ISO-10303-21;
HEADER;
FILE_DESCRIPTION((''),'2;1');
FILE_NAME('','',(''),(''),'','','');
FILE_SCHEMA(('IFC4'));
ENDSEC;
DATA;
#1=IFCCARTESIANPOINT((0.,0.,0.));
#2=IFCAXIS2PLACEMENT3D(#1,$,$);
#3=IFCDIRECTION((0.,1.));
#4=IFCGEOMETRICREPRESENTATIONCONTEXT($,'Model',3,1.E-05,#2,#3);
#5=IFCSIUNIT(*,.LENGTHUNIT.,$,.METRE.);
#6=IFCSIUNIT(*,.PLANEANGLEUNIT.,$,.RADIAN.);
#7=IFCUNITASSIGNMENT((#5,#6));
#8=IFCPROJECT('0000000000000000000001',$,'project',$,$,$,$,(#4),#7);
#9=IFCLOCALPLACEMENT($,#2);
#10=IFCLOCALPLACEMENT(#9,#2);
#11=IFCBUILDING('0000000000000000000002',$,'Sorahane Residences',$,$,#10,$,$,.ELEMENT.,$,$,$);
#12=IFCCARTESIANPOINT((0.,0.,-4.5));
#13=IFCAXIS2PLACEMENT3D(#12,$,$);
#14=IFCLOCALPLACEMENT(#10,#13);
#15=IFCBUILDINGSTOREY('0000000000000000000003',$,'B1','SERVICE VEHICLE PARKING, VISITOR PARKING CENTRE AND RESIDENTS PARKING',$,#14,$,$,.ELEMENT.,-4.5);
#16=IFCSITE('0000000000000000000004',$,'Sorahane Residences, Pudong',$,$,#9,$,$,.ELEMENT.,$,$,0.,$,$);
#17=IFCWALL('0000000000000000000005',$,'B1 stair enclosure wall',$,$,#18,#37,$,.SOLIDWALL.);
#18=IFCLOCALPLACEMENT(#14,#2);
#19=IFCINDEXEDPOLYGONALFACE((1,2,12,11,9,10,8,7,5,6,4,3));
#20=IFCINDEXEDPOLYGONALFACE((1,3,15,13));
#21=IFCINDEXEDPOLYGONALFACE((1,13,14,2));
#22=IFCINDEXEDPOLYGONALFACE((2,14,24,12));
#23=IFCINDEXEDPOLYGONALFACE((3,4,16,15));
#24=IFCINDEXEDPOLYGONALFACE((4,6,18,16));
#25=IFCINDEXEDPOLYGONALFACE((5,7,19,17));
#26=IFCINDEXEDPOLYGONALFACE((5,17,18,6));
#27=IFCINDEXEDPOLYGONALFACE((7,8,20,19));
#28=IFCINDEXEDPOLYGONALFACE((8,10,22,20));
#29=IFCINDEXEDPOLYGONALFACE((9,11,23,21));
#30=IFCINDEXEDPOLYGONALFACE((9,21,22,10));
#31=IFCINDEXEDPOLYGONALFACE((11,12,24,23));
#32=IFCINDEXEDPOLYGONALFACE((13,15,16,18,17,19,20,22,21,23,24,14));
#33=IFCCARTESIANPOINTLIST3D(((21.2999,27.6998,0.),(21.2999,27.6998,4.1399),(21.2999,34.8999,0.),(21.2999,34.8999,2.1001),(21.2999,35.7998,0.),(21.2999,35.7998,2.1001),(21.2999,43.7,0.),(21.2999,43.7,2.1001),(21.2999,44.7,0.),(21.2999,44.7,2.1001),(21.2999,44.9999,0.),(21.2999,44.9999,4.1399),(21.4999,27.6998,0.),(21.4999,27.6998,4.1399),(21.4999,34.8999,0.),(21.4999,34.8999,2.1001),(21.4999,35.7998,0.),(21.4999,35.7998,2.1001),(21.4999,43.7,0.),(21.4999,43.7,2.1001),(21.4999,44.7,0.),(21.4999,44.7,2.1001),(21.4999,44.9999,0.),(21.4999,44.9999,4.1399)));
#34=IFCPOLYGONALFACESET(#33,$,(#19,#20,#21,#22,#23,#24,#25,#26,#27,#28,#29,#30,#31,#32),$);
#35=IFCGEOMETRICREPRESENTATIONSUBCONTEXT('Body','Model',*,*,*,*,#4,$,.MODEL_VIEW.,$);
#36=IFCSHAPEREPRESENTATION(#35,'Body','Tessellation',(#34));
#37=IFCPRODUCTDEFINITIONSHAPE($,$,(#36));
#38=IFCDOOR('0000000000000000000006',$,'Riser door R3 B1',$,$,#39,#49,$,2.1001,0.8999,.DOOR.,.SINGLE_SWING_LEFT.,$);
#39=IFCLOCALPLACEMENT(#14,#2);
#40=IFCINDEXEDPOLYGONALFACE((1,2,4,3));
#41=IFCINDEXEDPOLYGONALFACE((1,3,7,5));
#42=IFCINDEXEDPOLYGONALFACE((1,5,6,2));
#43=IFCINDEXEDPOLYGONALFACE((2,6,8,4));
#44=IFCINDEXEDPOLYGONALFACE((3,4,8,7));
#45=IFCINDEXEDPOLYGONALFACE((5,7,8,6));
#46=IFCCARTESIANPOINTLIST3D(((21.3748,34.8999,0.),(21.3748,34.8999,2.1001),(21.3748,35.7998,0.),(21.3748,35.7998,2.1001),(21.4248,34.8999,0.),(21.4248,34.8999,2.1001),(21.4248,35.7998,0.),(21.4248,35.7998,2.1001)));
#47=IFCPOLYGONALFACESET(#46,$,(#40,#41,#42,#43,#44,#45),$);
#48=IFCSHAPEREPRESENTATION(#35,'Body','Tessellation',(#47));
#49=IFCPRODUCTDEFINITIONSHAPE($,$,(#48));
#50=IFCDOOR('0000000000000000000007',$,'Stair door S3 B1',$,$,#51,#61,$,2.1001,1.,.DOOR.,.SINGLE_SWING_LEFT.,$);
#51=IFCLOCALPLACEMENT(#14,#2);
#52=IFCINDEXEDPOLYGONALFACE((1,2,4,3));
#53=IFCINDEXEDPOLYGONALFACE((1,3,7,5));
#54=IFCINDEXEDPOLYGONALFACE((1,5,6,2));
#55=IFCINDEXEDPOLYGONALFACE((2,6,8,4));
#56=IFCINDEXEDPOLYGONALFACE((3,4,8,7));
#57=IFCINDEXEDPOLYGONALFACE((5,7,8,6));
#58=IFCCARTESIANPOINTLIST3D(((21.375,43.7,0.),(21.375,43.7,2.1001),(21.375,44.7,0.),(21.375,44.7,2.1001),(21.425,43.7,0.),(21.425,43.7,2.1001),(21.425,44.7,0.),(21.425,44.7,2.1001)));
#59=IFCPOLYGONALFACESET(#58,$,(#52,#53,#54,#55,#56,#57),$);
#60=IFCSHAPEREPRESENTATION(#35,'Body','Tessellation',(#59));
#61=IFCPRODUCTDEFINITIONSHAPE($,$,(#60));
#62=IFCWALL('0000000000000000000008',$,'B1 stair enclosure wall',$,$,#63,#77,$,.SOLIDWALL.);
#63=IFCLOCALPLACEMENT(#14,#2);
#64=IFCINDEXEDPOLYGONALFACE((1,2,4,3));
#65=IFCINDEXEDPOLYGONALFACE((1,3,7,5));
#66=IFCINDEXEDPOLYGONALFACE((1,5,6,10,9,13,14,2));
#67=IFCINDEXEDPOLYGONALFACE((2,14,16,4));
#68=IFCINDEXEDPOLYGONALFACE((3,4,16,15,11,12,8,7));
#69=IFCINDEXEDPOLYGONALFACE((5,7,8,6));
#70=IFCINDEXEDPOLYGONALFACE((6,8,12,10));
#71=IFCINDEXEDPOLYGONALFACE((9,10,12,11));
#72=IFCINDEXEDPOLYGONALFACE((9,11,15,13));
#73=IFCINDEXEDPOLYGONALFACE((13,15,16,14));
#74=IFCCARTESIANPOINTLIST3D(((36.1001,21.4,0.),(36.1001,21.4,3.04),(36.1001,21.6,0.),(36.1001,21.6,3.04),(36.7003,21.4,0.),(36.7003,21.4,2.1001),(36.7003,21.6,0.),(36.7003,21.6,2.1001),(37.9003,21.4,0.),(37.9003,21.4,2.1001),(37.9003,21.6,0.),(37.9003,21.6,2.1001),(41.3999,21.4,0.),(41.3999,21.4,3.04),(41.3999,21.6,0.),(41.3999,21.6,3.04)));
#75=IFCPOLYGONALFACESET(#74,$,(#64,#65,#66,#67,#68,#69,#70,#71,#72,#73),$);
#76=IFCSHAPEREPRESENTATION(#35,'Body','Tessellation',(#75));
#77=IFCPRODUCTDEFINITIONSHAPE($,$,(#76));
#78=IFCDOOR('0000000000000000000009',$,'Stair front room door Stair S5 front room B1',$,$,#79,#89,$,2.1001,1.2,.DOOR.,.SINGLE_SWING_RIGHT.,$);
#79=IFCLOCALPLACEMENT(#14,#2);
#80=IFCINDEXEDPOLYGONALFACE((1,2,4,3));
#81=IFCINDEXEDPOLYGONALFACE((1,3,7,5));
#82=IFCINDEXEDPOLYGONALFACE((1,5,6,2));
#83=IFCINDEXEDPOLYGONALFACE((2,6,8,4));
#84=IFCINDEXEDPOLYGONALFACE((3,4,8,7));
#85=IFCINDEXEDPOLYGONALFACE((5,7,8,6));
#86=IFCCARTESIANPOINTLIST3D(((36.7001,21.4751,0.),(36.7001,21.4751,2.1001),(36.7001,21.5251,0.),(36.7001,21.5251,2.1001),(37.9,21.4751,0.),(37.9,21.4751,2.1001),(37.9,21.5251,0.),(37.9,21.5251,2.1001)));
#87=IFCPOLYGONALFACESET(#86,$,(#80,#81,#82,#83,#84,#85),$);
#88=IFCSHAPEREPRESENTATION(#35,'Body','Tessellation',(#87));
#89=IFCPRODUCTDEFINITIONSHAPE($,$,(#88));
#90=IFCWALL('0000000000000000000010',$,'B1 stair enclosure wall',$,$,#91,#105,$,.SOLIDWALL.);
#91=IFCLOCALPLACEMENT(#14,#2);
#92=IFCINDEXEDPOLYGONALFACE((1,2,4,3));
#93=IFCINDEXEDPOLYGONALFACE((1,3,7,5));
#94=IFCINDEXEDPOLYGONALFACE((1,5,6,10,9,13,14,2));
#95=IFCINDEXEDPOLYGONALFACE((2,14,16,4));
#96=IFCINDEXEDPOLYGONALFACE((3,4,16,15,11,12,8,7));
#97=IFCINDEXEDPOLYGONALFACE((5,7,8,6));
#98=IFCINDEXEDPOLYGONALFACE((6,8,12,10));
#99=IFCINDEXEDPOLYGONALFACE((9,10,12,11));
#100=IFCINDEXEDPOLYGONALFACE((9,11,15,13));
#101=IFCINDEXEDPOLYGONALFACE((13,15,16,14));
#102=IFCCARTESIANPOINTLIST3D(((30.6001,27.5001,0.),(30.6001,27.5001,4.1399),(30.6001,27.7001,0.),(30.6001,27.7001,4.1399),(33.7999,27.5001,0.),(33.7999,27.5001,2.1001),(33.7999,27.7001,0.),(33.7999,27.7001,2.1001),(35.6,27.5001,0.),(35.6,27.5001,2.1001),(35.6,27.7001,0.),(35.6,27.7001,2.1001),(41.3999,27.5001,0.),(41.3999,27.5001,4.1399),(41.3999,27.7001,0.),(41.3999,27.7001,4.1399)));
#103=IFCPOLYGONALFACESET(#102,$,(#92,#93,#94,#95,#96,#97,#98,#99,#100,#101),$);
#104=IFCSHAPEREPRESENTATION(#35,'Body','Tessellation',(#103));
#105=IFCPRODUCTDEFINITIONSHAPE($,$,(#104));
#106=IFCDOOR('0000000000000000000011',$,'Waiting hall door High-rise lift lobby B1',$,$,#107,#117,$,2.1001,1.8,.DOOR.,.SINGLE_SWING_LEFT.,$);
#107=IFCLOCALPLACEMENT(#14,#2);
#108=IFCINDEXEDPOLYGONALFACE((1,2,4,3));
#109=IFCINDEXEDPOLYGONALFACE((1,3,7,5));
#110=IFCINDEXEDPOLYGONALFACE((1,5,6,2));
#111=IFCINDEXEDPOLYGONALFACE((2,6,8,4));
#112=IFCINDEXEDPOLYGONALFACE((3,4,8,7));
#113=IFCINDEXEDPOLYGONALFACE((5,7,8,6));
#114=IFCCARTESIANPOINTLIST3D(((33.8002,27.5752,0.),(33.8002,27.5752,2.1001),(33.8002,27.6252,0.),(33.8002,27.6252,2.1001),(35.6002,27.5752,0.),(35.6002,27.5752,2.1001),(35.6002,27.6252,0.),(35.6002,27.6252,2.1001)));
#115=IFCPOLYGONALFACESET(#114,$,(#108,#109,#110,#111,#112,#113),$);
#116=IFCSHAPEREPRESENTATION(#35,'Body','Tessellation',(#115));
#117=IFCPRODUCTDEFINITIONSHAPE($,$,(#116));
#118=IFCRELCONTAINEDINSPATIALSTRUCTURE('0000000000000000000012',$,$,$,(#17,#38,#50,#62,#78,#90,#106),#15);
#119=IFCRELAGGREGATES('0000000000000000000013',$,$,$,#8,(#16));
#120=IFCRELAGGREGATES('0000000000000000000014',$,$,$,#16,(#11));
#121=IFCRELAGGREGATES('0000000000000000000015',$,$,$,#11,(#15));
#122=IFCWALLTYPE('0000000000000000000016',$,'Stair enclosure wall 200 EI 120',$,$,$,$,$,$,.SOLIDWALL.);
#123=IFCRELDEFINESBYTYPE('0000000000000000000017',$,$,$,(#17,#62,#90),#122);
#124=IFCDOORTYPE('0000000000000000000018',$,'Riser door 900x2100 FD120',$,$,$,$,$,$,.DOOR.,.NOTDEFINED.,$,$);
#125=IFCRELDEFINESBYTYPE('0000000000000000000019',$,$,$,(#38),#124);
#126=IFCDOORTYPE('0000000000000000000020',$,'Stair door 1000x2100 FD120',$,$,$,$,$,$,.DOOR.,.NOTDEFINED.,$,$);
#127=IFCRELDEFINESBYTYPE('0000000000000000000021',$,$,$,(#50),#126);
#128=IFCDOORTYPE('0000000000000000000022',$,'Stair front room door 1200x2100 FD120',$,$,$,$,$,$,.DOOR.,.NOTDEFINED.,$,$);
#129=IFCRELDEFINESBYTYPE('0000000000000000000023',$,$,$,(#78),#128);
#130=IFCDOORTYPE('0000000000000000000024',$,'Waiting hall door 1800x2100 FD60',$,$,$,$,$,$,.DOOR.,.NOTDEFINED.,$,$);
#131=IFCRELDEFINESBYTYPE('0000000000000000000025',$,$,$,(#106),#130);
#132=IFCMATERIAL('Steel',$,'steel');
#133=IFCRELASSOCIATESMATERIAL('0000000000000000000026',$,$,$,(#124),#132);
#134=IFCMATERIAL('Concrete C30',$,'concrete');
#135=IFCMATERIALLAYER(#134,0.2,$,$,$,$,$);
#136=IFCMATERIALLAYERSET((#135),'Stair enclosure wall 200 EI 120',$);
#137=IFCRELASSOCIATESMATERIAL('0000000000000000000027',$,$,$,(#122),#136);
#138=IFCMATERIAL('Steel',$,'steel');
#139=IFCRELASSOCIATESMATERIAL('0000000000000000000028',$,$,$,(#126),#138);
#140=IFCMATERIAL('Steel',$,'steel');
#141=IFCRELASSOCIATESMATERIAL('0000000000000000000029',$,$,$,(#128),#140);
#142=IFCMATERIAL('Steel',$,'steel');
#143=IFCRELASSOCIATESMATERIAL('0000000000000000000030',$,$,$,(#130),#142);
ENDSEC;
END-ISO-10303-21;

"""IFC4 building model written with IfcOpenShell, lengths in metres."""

from ifc_helpers import new_model, si_unit, direction, frame, frame_2d, origin, place, context, subcontext, project, spatial, rectangle, extrude, material, layer, layer_set, type_object, element, fill, save


model = new_model("IFC4")

# Units and contexts
model_context = context("Model", 3, precision=1e-05, world=origin(), true_north=direction((0.0, 1.0)))
body_context = subcontext(model_context, "Body", "Model", "MODEL_VIEW")
ifc_project = project(units=[si_unit("LENGTHUNIT", "METRE"), si_unit("PLANEANGLEUNIT", "RADIAN")], contexts=[model_context])

# Site, building, storey
site_placement = place(None, origin())
site = spatial("IfcSite", under=ifc_project, at=site_placement, Name="Sorahane Residences, Pudong", CompositionType="ELEMENT", RefElevation=0.0)
building_placement = place(site_placement, origin())
building = spatial("IfcBuilding", under=site, at=building_placement, Name="Sorahane Residences", CompositionType="ELEMENT")
storey_placement = place(building_placement, frame((0.0, 0.0, -4.5)))
storey = spatial("IfcBuildingStorey", under=building, at=storey_placement, Name="B1", Description="SERVICE VEHICLE PARKING, VISITOR PARKING CENTRE AND RESIDENTS PARKING", CompositionType="ELEMENT", Elevation=-4.5)

# Wall, openings, doors
ifc_material_1 = material(Name="Steel", Category="steel")
door_type_1 = type_object("IfcDoorType", Name="Riser door 900x2100 FD120", OperationType="NOTDEFINED", PredefinedType="DOOR", material=ifc_material_1)
ifc_material_2 = material(Name="Concrete C30", Category="concrete")
ifc_layer_1 = layer(ifc_material_2, 0.2)
ifc_layer_set_1 = layer_set([ifc_layer_1], Name="Stair enclosure wall 200 EI 120")
wall_type_1 = type_object("IfcWallType", Name="Stair enclosure wall 200 EI 120", PredefinedType="SOLIDWALL", material=ifc_layer_set_1)
wall_1_placement = place(storey_placement, frame((21.3999, 27.7, 0.0), z_axis=(0.0, 0.0, 1.0), x_axis=(0.0, 1.0, 0.0)))
wall_1 = element("IfcWall", 1, at=wall_1_placement, inside=storey, type_object=wall_type_1, Name="B1 stair enclosure wall", PredefinedType="SOLIDWALL", context=body_context, shape_type="SweptSolid", body=[
    extrude(rectangle(XDim=17.3, YDim=0.2, at=frame_2d((8.6499, 0.0))), origin(), (0.0, 0.0, 1.0), 4.1399),
])
opening_1_placement = place(wall_1_placement, frame((16.0, 0.0, 0.0)))
opening_1 = element("IfcOpeningElement", 2, at=opening_1_placement, cuts=wall_1, PredefinedType="OPENING", context=body_context, shape_type="SweptSolid", body=[
    extrude(rectangle(XDim=1.0, YDim=2.1001, at=frame_2d((0.5, 1.05))), frame((0.0, 0.1099, 0.0), z_axis=(0.0, -1.0, 0.0), x_axis=(1.0, 0.0, 0.0)), (0.0, 0.0, 1.0), 0.22),
])
opening_2_placement = place(wall_1_placement, frame((7.2, 0.0, 0.0)))
opening_2 = element("IfcOpeningElement", 3, at=opening_2_placement, cuts=wall_1, PredefinedType="OPENING", context=body_context, shape_type="SweptSolid", body=[
    extrude(rectangle(XDim=0.8999, YDim=2.1001, at=frame_2d((0.45, 1.05))), frame((0.0, 0.1099, 0.0), z_axis=(0.0, -1.0, 0.0), x_axis=(1.0, 0.0, 0.0)), (0.0, 0.0, 1.0), 0.22),
])
door_1_placement = place(opening_2_placement, frame((0.8999, 0.0, 0.0), z_axis=(0.0, 0.0, 1.0), x_axis=(-1.0, 0.0, 0.0)))
door_1 = element("IfcDoor", 4, at=door_1_placement, inside=storey, type_object=door_type_1, Name="Riser door R3 B1", OperationType="SINGLE_SWING_LEFT", OverallHeight=2.1001, OverallWidth=0.8999, PredefinedType="DOOR", context=body_context, shape_type="SweptSolid", body=[
    extrude(rectangle(XDim=0.8999, YDim=2.1001, at=frame_2d((0.45, 1.05))), frame((0.0, 0.0249, 0.0), z_axis=(0.0, -1.0, 0.0), x_axis=(1.0, 0.0, 0.0)), (0.0, 0.0, 1.0), 0.05),
])
fill(opening_2, door_1)
ifc_material_3 = material(Name="Steel", Category="steel")
door_type_2 = type_object("IfcDoorType", Name="Stair door 1000x2100 FD120", OperationType="NOTDEFINED", PredefinedType="DOOR", material=ifc_material_3)
door_2_placement = place(opening_1_placement, origin())
door_2 = element("IfcDoor", 5, at=door_2_placement, inside=storey, type_object=door_type_2, Name="Stair door S3 B1", OperationType="SINGLE_SWING_LEFT", OverallHeight=2.1001, OverallWidth=1.0, PredefinedType="DOOR", context=body_context, shape_type="SweptSolid", body=[
    extrude(rectangle(XDim=1.0, YDim=2.1001, at=frame_2d((0.5, 1.05))), frame((0.0, 0.0249, 0.0), z_axis=(0.0, -1.0, 0.0), x_axis=(1.0, 0.0, 0.0)), (0.0, 0.0, 1.0), 0.05),
])
fill(opening_1, door_2)

# Walls, openings, doors
wall_2_placement = place(storey_placement, frame((36.1001, 21.5, 0.0), z_axis=(0.0, 0.0, 1.0), x_axis=(1.0, 0.0, 0.0)))
wall_2 = element("IfcWall", 6, at=wall_2_placement, inside=storey, type_object=wall_type_1, Name="B1 stair enclosure wall", PredefinedType="SOLIDWALL", context=body_context, shape_type="SweptSolid", body=[
    extrude(rectangle(XDim=5.2998, YDim=0.2, at=frame_2d((2.6499, 0.0))), origin(), (0.0, 0.0, 1.0), 3.04),
])
opening_3_placement = place(wall_2_placement, frame((0.6001, 0.0, 0.0)))
opening_3 = element("IfcOpeningElement", 7, at=opening_3_placement, cuts=wall_2, PredefinedType="OPENING", context=body_context, shape_type="SweptSolid", body=[
    extrude(rectangle(XDim=1.2, YDim=2.1001, at=frame_2d((0.6001, 1.05))), frame((0.0, 0.1099, 0.0), z_axis=(0.0, -1.0, 0.0), x_axis=(1.0, 0.0, 0.0)), (0.0, 0.0, 1.0), 0.22),
])
ifc_material_4 = material(Name="Steel", Category="steel")
door_type_3 = type_object("IfcDoorType", Name="Stair front room door 1200x2100 FD120", OperationType="NOTDEFINED", PredefinedType="DOOR", material=ifc_material_4)
door_3_placement = place(opening_3_placement, frame((1.2, 0.0, 0.0), z_axis=(0.0, 0.0, 1.0), x_axis=(-1.0, 0.0, 0.0)))
door_3 = element("IfcDoor", 8, at=door_3_placement, inside=storey, type_object=door_type_3, Name="Stair front room door Stair S5 front room B1", OperationType="SINGLE_SWING_RIGHT", OverallHeight=2.1001, OverallWidth=1.2, PredefinedType="DOOR", context=body_context, shape_type="SweptSolid", body=[
    extrude(rectangle(XDim=1.2, YDim=2.1001, at=frame_2d((0.6001, 1.05))), frame((0.0, 0.0249, 0.0), z_axis=(0.0, -1.0, 0.0), x_axis=(1.0, 0.0, 0.0)), (0.0, 0.0, 1.0), 0.05),
])
fill(opening_3, door_3)
wall_3_placement = place(storey_placement, frame((30.6001, 27.6001, 0.0), z_axis=(0.0, 0.0, 1.0), x_axis=(1.0, 0.0, 0.0)))
wall_3 = element("IfcWall", 9, at=wall_3_placement, inside=storey, type_object=wall_type_1, Name="B1 stair enclosure wall", PredefinedType="SOLIDWALL", context=body_context, shape_type="SweptSolid", body=[
    extrude(rectangle(XDim=10.7998, YDim=0.2, at=frame_2d((5.3999, 0.0))), origin(), (0.0, 0.0, 1.0), 4.1399),
])
opening_4_placement = place(wall_3_placement, frame((3.2, 0.0, 0.0)))
opening_4 = element("IfcOpeningElement", 10, at=opening_4_placement, cuts=wall_3, PredefinedType="OPENING", context=body_context, shape_type="SweptSolid", body=[
    extrude(rectangle(XDim=1.8, YDim=2.1001, at=frame_2d((0.8999, 1.05))), frame((0.0, 0.1099, 0.0), z_axis=(0.0, -1.0, 0.0), x_axis=(1.0, 0.0, 0.0)), (0.0, 0.0, 1.0), 0.22),
])
ifc_material_5 = material(Name="Steel", Category="steel")
door_type_4 = type_object("IfcDoorType", Name="Waiting hall door 1800x2100 FD60", OperationType="NOTDEFINED", PredefinedType="DOOR", material=ifc_material_5)
door_4_placement = place(opening_4_placement, frame((1.8, 0.0, 0.0), z_axis=(0.0, 0.0, 1.0), x_axis=(-1.0, 0.0, 0.0)))
door_4 = element("IfcDoor", 11, at=door_4_placement, inside=storey, type_object=door_type_4, Name="Waiting hall door High-rise lift lobby B1", OperationType="SINGLE_SWING_LEFT", OverallHeight=2.1001, OverallWidth=1.8, PredefinedType="DOOR", context=body_context, shape_type="SweptSolid", body=[
    extrude(rectangle(XDim=1.8, YDim=2.1001, at=frame_2d((0.8999, 1.05))), frame((0.0, 0.0249, 0.0), z_axis=(0.0, -1.0, 0.0), x_axis=(1.0, 0.0, 0.0)), (0.0, 0.0, 1.0), 0.05),
])
fill(opening_4, door_4)

save(model, "model.ifc")
